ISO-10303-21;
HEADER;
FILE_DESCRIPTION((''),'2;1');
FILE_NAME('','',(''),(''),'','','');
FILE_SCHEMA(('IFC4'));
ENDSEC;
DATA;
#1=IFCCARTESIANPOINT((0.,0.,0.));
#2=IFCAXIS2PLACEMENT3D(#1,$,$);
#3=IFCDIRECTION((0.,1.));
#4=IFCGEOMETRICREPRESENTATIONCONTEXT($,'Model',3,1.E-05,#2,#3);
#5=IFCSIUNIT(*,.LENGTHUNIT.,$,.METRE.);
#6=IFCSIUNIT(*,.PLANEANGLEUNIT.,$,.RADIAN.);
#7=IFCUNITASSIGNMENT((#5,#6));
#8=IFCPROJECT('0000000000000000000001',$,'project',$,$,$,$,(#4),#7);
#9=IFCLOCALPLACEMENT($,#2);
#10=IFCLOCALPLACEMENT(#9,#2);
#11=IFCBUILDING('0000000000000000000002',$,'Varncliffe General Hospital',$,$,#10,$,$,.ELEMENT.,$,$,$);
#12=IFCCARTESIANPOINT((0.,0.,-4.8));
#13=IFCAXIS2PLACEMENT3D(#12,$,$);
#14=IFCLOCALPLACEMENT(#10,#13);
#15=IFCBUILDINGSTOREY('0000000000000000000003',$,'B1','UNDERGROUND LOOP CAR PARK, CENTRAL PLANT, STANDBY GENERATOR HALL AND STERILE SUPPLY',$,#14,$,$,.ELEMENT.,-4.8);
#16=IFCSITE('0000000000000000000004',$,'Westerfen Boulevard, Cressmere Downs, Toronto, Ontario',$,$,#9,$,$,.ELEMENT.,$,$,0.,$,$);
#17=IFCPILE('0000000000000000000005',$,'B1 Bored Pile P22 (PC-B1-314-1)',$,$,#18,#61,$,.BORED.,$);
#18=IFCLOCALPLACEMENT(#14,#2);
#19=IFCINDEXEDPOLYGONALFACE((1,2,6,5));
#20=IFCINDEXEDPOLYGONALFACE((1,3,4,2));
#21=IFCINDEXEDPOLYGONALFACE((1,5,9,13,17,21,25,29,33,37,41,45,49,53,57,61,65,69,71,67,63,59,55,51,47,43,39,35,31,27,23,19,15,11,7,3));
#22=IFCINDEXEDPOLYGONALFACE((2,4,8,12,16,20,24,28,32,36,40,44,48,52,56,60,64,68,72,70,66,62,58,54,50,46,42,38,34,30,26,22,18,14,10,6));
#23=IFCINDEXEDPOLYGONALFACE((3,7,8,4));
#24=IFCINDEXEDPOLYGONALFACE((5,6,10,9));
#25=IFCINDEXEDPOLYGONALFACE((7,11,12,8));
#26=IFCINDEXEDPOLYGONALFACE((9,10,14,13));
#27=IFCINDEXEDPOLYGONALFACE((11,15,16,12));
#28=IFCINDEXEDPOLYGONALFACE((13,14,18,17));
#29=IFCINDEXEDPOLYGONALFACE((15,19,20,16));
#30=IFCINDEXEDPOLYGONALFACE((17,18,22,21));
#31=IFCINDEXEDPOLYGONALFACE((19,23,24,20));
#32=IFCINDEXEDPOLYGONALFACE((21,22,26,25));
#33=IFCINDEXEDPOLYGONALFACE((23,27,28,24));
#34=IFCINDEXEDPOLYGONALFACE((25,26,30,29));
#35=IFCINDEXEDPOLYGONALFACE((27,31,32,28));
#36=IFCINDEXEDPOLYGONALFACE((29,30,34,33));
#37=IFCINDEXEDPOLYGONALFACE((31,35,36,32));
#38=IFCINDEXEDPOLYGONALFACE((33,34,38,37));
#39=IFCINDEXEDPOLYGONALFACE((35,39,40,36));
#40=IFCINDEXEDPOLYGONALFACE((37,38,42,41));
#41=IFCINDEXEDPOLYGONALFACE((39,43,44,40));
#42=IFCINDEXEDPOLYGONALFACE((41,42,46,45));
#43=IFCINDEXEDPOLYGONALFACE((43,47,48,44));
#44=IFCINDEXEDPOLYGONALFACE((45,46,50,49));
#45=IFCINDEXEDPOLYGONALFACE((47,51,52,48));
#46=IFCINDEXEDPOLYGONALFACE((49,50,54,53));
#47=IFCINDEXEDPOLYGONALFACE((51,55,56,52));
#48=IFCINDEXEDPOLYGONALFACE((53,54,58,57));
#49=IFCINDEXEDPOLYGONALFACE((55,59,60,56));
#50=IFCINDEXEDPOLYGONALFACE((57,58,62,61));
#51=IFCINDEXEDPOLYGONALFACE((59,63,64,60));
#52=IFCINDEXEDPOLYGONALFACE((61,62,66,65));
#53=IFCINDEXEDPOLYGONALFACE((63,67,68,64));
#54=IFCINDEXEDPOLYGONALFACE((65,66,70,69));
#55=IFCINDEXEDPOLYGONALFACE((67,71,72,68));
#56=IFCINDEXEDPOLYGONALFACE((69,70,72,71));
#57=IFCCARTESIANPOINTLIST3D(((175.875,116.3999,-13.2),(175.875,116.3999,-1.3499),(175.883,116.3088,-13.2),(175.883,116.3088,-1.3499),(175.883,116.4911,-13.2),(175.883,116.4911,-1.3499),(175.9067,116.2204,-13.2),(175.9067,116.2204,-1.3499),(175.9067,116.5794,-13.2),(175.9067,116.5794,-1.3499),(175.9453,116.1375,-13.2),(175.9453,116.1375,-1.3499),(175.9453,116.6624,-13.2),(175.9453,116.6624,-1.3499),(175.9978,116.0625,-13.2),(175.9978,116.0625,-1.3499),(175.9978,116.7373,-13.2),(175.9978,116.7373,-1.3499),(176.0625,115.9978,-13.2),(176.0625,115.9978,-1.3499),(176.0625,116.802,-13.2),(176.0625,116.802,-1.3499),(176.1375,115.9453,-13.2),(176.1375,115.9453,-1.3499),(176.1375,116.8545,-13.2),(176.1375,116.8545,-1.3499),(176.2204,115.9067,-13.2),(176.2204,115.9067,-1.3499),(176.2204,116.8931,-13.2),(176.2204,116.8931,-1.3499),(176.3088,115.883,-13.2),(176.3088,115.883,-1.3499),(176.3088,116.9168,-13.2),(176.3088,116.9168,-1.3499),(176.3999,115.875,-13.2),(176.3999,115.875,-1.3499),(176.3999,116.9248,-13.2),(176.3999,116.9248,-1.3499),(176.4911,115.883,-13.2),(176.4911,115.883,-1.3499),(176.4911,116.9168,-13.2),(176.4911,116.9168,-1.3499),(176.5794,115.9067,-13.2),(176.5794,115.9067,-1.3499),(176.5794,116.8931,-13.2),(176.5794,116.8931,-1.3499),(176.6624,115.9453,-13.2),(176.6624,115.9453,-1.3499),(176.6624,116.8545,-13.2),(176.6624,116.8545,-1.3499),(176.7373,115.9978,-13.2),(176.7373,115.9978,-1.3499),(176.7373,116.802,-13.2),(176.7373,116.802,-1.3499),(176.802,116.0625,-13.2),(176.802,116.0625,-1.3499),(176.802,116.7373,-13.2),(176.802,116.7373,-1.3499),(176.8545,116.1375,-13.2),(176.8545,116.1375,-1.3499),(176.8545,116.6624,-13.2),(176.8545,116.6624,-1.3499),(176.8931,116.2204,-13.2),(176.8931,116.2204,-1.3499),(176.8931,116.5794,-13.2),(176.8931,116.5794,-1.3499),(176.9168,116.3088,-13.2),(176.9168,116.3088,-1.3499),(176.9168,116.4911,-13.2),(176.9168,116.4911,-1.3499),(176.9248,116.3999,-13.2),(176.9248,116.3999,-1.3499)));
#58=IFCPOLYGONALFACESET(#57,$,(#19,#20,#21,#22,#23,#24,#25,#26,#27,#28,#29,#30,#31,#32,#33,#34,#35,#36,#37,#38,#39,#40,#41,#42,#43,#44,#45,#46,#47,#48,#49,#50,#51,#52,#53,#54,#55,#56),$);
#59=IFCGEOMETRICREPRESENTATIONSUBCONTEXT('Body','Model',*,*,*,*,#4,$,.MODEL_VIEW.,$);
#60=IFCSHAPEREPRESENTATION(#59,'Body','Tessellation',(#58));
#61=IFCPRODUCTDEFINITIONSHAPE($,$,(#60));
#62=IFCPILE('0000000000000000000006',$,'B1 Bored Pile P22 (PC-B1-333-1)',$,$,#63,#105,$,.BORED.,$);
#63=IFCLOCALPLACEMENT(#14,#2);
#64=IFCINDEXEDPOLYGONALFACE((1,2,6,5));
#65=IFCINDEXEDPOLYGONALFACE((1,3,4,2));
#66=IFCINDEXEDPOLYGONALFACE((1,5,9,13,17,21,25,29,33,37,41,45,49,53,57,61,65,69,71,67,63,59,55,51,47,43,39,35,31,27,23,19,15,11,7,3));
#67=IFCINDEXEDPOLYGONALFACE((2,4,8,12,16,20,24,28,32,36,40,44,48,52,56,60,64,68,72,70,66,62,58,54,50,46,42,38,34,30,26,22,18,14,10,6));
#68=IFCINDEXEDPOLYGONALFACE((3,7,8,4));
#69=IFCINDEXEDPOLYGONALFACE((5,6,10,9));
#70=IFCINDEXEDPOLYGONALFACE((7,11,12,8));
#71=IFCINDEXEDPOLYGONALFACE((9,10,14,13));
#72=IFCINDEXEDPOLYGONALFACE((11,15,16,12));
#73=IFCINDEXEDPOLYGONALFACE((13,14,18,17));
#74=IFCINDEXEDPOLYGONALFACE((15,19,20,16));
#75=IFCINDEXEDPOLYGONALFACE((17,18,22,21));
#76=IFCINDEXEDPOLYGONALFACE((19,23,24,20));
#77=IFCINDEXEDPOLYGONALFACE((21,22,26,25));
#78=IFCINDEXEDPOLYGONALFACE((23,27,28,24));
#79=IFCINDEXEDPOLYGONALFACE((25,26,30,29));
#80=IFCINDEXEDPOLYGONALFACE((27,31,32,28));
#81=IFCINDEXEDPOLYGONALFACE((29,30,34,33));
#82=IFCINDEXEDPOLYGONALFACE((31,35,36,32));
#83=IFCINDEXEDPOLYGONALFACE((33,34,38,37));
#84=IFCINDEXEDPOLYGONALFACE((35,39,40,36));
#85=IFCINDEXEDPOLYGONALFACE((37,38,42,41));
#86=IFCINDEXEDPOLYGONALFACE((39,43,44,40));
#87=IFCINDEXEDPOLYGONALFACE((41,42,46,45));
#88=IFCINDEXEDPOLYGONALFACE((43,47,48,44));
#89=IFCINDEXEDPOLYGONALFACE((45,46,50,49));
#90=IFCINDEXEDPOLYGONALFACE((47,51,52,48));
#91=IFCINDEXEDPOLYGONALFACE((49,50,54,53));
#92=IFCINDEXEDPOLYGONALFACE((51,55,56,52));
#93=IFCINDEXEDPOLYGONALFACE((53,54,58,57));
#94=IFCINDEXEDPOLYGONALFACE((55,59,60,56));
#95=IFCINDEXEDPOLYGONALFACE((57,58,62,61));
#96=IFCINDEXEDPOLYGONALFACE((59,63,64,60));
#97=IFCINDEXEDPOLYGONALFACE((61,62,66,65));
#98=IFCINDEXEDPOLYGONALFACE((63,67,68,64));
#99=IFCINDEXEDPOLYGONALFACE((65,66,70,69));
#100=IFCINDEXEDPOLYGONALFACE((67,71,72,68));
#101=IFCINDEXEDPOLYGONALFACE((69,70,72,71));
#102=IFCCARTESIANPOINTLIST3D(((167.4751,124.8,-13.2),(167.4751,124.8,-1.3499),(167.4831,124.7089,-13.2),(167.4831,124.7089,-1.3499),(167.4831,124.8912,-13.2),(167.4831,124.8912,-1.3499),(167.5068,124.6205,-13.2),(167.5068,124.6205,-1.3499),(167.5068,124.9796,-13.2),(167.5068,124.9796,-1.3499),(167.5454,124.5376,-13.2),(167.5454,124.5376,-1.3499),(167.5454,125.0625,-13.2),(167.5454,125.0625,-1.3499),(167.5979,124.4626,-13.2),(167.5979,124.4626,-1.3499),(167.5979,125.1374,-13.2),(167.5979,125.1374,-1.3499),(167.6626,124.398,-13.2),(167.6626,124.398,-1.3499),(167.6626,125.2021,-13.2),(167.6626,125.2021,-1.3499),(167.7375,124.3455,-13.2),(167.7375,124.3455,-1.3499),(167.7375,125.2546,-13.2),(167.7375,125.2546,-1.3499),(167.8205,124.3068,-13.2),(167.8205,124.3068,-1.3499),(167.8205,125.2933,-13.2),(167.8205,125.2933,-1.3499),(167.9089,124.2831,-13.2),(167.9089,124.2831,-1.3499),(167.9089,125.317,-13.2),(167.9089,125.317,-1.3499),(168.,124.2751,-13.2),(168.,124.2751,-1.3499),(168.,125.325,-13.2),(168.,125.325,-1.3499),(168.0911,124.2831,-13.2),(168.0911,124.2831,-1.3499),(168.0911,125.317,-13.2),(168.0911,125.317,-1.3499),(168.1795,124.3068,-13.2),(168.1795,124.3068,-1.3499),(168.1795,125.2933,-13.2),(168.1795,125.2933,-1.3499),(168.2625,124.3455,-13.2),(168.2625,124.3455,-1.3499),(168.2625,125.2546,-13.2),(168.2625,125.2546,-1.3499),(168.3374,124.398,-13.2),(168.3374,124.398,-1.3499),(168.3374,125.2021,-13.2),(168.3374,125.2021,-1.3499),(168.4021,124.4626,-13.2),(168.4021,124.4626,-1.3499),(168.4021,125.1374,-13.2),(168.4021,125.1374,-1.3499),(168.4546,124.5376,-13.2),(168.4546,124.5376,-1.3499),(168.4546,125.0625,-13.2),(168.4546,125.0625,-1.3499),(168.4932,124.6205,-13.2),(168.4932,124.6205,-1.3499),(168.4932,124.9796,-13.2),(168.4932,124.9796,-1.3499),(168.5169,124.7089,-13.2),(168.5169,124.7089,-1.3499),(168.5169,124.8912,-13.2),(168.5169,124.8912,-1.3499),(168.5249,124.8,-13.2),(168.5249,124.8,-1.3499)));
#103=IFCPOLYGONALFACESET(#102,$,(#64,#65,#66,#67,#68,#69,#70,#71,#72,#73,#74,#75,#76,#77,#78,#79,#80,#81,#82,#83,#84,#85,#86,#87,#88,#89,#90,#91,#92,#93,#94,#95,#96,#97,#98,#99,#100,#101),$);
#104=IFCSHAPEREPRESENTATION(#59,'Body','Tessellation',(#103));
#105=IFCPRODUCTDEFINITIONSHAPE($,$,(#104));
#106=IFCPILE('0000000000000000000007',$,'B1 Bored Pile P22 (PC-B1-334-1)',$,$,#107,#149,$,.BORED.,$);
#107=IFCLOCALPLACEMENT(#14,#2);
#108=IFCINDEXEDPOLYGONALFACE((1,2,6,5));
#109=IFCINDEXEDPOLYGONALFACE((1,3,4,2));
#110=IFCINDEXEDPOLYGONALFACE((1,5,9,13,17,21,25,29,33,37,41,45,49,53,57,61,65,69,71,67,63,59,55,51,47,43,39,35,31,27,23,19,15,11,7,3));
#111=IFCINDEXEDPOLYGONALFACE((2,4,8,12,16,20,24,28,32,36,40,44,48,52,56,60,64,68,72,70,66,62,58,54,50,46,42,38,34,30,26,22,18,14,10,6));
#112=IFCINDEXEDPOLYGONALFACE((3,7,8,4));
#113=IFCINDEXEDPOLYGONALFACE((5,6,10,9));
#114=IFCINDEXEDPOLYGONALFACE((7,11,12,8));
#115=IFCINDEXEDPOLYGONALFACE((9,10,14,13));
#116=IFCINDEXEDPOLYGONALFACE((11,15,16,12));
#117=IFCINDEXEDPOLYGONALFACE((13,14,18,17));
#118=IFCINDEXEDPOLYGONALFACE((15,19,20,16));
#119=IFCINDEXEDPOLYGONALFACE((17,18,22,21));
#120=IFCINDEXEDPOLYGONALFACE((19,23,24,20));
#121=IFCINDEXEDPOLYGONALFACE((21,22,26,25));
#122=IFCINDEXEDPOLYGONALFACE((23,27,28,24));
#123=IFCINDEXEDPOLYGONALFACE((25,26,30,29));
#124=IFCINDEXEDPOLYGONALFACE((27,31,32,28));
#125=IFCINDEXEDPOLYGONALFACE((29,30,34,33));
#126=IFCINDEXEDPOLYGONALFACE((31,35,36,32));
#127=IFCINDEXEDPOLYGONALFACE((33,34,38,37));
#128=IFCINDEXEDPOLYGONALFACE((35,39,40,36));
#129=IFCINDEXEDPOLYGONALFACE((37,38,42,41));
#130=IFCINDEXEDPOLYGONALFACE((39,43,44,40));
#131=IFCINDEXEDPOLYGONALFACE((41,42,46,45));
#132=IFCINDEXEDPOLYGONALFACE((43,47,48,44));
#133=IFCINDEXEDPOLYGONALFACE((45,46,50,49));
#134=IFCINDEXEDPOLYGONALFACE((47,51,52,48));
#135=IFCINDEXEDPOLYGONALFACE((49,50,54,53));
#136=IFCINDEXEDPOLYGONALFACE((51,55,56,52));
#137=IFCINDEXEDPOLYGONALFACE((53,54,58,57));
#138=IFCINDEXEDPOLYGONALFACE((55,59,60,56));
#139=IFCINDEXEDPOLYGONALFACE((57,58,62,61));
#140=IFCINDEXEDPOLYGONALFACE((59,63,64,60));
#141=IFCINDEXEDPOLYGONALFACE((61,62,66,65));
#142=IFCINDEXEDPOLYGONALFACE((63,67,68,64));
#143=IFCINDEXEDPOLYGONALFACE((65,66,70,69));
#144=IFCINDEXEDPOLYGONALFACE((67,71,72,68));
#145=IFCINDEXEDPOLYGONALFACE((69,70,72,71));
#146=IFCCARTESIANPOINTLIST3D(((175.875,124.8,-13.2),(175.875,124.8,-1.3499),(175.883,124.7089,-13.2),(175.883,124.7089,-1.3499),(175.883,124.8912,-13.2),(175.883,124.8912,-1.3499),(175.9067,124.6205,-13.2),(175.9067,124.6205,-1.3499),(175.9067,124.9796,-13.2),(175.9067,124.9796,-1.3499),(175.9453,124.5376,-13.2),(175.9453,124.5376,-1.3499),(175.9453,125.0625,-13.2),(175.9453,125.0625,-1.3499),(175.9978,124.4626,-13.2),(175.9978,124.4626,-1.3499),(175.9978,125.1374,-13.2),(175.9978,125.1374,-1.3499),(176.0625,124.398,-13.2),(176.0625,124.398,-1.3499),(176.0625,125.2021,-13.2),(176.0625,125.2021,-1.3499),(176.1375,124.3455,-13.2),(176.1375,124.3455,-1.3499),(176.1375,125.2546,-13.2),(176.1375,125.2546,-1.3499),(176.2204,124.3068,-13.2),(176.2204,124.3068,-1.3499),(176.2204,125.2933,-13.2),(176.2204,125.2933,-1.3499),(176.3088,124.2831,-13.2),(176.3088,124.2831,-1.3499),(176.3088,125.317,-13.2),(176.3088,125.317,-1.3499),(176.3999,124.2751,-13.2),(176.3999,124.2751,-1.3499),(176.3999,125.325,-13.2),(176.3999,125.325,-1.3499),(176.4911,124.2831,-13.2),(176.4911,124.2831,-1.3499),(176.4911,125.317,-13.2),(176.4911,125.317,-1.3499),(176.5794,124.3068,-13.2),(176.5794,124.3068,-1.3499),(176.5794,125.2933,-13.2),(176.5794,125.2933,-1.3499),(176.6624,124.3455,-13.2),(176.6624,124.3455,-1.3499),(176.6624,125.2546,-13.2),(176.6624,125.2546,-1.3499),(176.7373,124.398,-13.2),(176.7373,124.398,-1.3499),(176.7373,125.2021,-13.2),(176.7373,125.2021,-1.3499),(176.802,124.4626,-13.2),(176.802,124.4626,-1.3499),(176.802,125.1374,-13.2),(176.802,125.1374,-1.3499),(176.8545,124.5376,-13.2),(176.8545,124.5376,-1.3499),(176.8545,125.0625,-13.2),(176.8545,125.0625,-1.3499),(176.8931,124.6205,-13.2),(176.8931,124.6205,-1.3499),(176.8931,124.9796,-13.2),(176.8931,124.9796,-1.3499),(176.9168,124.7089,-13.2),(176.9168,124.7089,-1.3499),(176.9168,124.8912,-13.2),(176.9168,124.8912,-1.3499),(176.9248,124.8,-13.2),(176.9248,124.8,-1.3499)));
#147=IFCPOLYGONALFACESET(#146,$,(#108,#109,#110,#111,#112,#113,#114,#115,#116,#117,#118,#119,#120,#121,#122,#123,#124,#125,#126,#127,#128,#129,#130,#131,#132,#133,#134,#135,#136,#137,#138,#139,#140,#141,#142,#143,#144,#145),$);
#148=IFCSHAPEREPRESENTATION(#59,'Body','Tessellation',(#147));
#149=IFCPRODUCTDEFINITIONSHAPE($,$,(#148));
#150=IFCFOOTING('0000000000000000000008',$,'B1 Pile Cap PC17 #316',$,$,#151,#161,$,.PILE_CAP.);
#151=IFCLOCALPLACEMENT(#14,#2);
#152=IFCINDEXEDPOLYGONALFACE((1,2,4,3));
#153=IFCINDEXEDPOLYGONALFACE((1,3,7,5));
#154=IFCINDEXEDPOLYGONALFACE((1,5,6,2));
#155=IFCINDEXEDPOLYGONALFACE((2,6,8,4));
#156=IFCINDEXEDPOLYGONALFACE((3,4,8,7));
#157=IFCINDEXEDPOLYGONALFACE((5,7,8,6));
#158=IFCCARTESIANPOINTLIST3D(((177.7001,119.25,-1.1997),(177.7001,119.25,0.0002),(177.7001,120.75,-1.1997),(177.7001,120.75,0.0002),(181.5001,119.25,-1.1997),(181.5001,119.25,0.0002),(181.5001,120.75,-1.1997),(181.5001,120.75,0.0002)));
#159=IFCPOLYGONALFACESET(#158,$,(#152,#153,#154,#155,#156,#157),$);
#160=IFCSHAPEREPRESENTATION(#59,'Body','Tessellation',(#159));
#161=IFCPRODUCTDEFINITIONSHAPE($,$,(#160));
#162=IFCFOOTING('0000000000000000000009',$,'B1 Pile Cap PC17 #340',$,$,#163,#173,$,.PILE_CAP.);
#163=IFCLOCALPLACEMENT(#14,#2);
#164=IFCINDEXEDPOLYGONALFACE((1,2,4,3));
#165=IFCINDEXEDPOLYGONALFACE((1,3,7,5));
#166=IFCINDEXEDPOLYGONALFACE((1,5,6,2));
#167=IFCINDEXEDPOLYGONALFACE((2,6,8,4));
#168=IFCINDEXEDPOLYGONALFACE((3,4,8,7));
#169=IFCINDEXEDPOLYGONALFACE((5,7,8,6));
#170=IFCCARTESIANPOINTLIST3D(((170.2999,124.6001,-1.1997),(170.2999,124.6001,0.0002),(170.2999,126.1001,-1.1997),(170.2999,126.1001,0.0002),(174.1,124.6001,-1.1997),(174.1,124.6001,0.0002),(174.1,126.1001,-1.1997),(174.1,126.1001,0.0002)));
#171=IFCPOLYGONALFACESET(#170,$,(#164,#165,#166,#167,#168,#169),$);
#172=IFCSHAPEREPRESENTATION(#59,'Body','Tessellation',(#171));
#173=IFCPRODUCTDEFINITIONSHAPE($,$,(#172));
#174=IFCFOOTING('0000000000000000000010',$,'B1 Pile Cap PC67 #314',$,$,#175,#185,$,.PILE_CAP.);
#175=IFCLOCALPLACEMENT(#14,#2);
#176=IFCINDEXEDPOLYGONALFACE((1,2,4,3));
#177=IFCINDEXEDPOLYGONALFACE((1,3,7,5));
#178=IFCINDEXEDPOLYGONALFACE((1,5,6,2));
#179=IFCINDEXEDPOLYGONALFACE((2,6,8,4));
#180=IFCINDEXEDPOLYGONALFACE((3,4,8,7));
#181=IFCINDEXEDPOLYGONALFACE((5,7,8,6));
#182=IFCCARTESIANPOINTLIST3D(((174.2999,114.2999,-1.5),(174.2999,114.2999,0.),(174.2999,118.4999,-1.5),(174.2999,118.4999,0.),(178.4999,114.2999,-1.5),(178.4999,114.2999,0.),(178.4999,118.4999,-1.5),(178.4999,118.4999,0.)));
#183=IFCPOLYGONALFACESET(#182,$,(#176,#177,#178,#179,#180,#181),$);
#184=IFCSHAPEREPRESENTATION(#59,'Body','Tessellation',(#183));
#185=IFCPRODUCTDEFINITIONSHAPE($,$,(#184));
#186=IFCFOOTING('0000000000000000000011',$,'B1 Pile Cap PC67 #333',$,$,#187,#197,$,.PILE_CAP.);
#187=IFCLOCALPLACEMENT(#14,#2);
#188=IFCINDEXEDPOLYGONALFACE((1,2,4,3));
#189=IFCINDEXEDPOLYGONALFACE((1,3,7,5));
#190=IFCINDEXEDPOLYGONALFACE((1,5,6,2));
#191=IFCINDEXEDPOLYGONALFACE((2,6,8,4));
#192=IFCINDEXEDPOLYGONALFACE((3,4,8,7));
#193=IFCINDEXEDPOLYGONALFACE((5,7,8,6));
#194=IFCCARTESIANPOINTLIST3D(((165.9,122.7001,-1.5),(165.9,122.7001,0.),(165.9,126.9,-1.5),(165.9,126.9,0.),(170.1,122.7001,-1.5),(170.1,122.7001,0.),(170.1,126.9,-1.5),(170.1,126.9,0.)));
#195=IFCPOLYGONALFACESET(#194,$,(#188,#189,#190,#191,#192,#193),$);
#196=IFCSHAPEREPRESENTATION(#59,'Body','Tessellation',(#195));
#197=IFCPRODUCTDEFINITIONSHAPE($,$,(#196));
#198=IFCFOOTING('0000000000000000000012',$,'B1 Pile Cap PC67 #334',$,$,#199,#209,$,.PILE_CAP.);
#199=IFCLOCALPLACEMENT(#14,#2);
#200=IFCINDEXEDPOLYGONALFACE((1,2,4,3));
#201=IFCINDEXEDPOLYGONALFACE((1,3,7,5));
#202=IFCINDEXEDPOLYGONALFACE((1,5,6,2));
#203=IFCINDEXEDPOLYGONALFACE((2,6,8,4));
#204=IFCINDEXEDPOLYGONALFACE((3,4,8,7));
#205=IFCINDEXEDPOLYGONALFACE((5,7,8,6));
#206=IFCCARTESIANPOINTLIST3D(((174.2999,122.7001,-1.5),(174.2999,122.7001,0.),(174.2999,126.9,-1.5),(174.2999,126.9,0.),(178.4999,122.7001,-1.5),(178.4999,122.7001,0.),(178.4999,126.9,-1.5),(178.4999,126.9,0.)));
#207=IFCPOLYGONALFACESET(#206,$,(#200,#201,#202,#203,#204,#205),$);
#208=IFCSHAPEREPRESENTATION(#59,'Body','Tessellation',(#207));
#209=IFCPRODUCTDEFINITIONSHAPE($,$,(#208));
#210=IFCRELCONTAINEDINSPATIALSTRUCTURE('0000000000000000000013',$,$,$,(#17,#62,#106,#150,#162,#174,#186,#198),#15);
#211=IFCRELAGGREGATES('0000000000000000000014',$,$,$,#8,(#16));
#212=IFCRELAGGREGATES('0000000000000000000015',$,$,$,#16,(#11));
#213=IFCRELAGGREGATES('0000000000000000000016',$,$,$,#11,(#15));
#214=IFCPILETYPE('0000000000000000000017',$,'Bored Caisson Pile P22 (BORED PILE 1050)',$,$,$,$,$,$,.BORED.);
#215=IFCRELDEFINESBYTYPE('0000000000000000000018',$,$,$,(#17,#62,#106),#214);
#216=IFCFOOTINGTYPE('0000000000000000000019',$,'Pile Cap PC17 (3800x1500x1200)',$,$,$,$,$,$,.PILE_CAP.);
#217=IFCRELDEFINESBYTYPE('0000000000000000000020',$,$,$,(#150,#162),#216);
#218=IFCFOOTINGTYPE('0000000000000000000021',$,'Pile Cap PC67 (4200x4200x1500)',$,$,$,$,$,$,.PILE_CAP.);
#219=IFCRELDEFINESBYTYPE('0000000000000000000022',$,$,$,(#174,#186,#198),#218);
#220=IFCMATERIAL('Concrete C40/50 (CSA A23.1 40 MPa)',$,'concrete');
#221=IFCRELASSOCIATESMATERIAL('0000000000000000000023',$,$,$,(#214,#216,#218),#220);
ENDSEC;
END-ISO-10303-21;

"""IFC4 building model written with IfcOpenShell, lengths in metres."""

from ifc_helpers import new_model, si_unit, direction, frame, origin, origin_2d, place, context, subcontext, project, spatial, rectangle, circle, extrude, material, material_profile, profile_set, type_object, element, save


model = new_model("IFC4")

# Units and contexts
model_context = context("Model", 3, precision=1e-05, world=origin(), true_north=direction((0.0, 1.0)))
body_context = subcontext(model_context, "Body", "Model", "MODEL_VIEW")
ifc_project = project(units=[si_unit("LENGTHUNIT", "METRE"), si_unit("PLANEANGLEUNIT", "RADIAN")], contexts=[model_context])

# Site, building, storey
site_placement = place(None, origin())
site = spatial("IfcSite", under=ifc_project, at=site_placement, Name="Westerfen Boulevard, Cressmere Downs, Toronto, Ontario", CompositionType="ELEMENT", RefElevation=0.0)
building_placement = place(site_placement, origin())
building = spatial("IfcBuilding", under=site, at=building_placement, Name="Varncliffe General Hospital", CompositionType="ELEMENT")
storey_placement = place(building_placement, frame((0.0, 0.0, -4.8)))
storey = spatial("IfcBuildingStorey", under=building, at=storey_placement, Name="B1", Description="UNDERGROUND LOOP CAR PARK, CENTRAL PLANT, STANDBY GENERATOR HALL AND STERILE SUPPLY", CompositionType="ELEMENT", Elevation=-4.8)

# Piles
ifc_material_1 = material(Name="Concrete C40/50 (CSA A23.1 40 MPa)", Category="concrete")
ifc_material_profile_1 = material_profile(ifc_material_1, circle(Radius=0.5249, at=origin_2d()), Name="BORED PILE 1050")
ifc_profile_set_1 = profile_set([ifc_material_profile_1], Name="Concrete C40/50 (CSA A23.1 40 MPa)")
pile_type_1 = type_object("IfcPileType", Name="Bored Caisson Pile P22 (BORED PILE 1050)", PredefinedType="BORED", material=ifc_profile_set_1)
for number, where, z_axis, x_axis, name in (
    (1, (176.3999, 116.3999, -1.3499), (0.0, 0.0, -1.0), (1.0, 0.0, 0.0), "B1 Bored Pile P22 (PC-B1-314-1)"),
    (2, (168.0, 124.8, -1.3499), (0.0, 0.0, -1.0), (1.0, 0.0, 0.0), "B1 Bored Pile P22 (PC-B1-333-1)"),
    (3, (176.3999, 124.8, -1.3499), (0.0, 0.0, -1.0), (1.0, 0.0, 0.0), "B1 Bored Pile P22 (PC-B1-334-1)"),
):
    element("IfcPile", number, at=place(storey_placement, frame(where, z_axis=z_axis, x_axis=x_axis)), inside=storey, type_object=pile_type_1, Name=name, PredefinedType="BORED", context=body_context, shape_type="SweptSolid", body=[
        extrude(circle(Radius=0.5249, at=origin_2d()), origin(), (0.0, 0.0, 1.0), 11.8501),
    ])

# Footings
footing_type_1 = type_object("IfcFootingType", Name="Pile Cap PC17 (3800x1500x1200)", PredefinedType="PILE_CAP", material=ifc_material_1)
for number, where, z_axis, x_axis, name in (
    (4, (179.6001, 120.0, -1.1997), (0.0, 0.0, 1.0), (1.0, 0.0, 0.0), "B1 Pile Cap PC17 #316"),
    (5, (172.2, 125.3501, -1.1997), (0.0, 0.0, 1.0), (1.0, 0.0, 0.0), "B1 Pile Cap PC17 #340"),
):
    element("IfcFooting", number, at=place(storey_placement, frame(where, z_axis=z_axis, x_axis=x_axis)), inside=storey, type_object=footing_type_1, Name=name, PredefinedType="PILE_CAP", context=body_context, shape_type="SweptSolid", body=[
        extrude(rectangle(XDim=3.8, YDim=1.5, at=origin_2d()), origin(), (0.0, 0.0, 1.0), 1.2),
    ])
footing_type_2 = type_object("IfcFootingType", Name="Pile Cap PC67 (4200x4200x1500)", PredefinedType="PILE_CAP", material=ifc_material_1)
for number, where, z_axis, x_axis, name in (
    (6, (176.3999, 116.3999, -1.5), (0.0, 0.0, 1.0), (1.0, 0.0, 0.0), "B1 Pile Cap PC67 #314"),
    (7, (168.0, 124.8, -1.5), (0.0, 0.0, 1.0), (1.0, 0.0, 0.0), "B1 Pile Cap PC67 #333"),
    (8, (176.3999, 124.8, -1.5), (0.0, 0.0, 1.0), (1.0, 0.0, 0.0), "B1 Pile Cap PC67 #334"),
):
    element("IfcFooting", number, at=place(storey_placement, frame(where, z_axis=z_axis, x_axis=x_axis)), inside=storey, type_object=footing_type_2, Name=name, PredefinedType="PILE_CAP", context=body_context, shape_type="SweptSolid", body=[
        extrude(rectangle(XDim=4.2, YDim=4.2, at=origin_2d()), origin(), (0.0, 0.0, 1.0), 1.5),
    ])

save(model, "model.ifc")
